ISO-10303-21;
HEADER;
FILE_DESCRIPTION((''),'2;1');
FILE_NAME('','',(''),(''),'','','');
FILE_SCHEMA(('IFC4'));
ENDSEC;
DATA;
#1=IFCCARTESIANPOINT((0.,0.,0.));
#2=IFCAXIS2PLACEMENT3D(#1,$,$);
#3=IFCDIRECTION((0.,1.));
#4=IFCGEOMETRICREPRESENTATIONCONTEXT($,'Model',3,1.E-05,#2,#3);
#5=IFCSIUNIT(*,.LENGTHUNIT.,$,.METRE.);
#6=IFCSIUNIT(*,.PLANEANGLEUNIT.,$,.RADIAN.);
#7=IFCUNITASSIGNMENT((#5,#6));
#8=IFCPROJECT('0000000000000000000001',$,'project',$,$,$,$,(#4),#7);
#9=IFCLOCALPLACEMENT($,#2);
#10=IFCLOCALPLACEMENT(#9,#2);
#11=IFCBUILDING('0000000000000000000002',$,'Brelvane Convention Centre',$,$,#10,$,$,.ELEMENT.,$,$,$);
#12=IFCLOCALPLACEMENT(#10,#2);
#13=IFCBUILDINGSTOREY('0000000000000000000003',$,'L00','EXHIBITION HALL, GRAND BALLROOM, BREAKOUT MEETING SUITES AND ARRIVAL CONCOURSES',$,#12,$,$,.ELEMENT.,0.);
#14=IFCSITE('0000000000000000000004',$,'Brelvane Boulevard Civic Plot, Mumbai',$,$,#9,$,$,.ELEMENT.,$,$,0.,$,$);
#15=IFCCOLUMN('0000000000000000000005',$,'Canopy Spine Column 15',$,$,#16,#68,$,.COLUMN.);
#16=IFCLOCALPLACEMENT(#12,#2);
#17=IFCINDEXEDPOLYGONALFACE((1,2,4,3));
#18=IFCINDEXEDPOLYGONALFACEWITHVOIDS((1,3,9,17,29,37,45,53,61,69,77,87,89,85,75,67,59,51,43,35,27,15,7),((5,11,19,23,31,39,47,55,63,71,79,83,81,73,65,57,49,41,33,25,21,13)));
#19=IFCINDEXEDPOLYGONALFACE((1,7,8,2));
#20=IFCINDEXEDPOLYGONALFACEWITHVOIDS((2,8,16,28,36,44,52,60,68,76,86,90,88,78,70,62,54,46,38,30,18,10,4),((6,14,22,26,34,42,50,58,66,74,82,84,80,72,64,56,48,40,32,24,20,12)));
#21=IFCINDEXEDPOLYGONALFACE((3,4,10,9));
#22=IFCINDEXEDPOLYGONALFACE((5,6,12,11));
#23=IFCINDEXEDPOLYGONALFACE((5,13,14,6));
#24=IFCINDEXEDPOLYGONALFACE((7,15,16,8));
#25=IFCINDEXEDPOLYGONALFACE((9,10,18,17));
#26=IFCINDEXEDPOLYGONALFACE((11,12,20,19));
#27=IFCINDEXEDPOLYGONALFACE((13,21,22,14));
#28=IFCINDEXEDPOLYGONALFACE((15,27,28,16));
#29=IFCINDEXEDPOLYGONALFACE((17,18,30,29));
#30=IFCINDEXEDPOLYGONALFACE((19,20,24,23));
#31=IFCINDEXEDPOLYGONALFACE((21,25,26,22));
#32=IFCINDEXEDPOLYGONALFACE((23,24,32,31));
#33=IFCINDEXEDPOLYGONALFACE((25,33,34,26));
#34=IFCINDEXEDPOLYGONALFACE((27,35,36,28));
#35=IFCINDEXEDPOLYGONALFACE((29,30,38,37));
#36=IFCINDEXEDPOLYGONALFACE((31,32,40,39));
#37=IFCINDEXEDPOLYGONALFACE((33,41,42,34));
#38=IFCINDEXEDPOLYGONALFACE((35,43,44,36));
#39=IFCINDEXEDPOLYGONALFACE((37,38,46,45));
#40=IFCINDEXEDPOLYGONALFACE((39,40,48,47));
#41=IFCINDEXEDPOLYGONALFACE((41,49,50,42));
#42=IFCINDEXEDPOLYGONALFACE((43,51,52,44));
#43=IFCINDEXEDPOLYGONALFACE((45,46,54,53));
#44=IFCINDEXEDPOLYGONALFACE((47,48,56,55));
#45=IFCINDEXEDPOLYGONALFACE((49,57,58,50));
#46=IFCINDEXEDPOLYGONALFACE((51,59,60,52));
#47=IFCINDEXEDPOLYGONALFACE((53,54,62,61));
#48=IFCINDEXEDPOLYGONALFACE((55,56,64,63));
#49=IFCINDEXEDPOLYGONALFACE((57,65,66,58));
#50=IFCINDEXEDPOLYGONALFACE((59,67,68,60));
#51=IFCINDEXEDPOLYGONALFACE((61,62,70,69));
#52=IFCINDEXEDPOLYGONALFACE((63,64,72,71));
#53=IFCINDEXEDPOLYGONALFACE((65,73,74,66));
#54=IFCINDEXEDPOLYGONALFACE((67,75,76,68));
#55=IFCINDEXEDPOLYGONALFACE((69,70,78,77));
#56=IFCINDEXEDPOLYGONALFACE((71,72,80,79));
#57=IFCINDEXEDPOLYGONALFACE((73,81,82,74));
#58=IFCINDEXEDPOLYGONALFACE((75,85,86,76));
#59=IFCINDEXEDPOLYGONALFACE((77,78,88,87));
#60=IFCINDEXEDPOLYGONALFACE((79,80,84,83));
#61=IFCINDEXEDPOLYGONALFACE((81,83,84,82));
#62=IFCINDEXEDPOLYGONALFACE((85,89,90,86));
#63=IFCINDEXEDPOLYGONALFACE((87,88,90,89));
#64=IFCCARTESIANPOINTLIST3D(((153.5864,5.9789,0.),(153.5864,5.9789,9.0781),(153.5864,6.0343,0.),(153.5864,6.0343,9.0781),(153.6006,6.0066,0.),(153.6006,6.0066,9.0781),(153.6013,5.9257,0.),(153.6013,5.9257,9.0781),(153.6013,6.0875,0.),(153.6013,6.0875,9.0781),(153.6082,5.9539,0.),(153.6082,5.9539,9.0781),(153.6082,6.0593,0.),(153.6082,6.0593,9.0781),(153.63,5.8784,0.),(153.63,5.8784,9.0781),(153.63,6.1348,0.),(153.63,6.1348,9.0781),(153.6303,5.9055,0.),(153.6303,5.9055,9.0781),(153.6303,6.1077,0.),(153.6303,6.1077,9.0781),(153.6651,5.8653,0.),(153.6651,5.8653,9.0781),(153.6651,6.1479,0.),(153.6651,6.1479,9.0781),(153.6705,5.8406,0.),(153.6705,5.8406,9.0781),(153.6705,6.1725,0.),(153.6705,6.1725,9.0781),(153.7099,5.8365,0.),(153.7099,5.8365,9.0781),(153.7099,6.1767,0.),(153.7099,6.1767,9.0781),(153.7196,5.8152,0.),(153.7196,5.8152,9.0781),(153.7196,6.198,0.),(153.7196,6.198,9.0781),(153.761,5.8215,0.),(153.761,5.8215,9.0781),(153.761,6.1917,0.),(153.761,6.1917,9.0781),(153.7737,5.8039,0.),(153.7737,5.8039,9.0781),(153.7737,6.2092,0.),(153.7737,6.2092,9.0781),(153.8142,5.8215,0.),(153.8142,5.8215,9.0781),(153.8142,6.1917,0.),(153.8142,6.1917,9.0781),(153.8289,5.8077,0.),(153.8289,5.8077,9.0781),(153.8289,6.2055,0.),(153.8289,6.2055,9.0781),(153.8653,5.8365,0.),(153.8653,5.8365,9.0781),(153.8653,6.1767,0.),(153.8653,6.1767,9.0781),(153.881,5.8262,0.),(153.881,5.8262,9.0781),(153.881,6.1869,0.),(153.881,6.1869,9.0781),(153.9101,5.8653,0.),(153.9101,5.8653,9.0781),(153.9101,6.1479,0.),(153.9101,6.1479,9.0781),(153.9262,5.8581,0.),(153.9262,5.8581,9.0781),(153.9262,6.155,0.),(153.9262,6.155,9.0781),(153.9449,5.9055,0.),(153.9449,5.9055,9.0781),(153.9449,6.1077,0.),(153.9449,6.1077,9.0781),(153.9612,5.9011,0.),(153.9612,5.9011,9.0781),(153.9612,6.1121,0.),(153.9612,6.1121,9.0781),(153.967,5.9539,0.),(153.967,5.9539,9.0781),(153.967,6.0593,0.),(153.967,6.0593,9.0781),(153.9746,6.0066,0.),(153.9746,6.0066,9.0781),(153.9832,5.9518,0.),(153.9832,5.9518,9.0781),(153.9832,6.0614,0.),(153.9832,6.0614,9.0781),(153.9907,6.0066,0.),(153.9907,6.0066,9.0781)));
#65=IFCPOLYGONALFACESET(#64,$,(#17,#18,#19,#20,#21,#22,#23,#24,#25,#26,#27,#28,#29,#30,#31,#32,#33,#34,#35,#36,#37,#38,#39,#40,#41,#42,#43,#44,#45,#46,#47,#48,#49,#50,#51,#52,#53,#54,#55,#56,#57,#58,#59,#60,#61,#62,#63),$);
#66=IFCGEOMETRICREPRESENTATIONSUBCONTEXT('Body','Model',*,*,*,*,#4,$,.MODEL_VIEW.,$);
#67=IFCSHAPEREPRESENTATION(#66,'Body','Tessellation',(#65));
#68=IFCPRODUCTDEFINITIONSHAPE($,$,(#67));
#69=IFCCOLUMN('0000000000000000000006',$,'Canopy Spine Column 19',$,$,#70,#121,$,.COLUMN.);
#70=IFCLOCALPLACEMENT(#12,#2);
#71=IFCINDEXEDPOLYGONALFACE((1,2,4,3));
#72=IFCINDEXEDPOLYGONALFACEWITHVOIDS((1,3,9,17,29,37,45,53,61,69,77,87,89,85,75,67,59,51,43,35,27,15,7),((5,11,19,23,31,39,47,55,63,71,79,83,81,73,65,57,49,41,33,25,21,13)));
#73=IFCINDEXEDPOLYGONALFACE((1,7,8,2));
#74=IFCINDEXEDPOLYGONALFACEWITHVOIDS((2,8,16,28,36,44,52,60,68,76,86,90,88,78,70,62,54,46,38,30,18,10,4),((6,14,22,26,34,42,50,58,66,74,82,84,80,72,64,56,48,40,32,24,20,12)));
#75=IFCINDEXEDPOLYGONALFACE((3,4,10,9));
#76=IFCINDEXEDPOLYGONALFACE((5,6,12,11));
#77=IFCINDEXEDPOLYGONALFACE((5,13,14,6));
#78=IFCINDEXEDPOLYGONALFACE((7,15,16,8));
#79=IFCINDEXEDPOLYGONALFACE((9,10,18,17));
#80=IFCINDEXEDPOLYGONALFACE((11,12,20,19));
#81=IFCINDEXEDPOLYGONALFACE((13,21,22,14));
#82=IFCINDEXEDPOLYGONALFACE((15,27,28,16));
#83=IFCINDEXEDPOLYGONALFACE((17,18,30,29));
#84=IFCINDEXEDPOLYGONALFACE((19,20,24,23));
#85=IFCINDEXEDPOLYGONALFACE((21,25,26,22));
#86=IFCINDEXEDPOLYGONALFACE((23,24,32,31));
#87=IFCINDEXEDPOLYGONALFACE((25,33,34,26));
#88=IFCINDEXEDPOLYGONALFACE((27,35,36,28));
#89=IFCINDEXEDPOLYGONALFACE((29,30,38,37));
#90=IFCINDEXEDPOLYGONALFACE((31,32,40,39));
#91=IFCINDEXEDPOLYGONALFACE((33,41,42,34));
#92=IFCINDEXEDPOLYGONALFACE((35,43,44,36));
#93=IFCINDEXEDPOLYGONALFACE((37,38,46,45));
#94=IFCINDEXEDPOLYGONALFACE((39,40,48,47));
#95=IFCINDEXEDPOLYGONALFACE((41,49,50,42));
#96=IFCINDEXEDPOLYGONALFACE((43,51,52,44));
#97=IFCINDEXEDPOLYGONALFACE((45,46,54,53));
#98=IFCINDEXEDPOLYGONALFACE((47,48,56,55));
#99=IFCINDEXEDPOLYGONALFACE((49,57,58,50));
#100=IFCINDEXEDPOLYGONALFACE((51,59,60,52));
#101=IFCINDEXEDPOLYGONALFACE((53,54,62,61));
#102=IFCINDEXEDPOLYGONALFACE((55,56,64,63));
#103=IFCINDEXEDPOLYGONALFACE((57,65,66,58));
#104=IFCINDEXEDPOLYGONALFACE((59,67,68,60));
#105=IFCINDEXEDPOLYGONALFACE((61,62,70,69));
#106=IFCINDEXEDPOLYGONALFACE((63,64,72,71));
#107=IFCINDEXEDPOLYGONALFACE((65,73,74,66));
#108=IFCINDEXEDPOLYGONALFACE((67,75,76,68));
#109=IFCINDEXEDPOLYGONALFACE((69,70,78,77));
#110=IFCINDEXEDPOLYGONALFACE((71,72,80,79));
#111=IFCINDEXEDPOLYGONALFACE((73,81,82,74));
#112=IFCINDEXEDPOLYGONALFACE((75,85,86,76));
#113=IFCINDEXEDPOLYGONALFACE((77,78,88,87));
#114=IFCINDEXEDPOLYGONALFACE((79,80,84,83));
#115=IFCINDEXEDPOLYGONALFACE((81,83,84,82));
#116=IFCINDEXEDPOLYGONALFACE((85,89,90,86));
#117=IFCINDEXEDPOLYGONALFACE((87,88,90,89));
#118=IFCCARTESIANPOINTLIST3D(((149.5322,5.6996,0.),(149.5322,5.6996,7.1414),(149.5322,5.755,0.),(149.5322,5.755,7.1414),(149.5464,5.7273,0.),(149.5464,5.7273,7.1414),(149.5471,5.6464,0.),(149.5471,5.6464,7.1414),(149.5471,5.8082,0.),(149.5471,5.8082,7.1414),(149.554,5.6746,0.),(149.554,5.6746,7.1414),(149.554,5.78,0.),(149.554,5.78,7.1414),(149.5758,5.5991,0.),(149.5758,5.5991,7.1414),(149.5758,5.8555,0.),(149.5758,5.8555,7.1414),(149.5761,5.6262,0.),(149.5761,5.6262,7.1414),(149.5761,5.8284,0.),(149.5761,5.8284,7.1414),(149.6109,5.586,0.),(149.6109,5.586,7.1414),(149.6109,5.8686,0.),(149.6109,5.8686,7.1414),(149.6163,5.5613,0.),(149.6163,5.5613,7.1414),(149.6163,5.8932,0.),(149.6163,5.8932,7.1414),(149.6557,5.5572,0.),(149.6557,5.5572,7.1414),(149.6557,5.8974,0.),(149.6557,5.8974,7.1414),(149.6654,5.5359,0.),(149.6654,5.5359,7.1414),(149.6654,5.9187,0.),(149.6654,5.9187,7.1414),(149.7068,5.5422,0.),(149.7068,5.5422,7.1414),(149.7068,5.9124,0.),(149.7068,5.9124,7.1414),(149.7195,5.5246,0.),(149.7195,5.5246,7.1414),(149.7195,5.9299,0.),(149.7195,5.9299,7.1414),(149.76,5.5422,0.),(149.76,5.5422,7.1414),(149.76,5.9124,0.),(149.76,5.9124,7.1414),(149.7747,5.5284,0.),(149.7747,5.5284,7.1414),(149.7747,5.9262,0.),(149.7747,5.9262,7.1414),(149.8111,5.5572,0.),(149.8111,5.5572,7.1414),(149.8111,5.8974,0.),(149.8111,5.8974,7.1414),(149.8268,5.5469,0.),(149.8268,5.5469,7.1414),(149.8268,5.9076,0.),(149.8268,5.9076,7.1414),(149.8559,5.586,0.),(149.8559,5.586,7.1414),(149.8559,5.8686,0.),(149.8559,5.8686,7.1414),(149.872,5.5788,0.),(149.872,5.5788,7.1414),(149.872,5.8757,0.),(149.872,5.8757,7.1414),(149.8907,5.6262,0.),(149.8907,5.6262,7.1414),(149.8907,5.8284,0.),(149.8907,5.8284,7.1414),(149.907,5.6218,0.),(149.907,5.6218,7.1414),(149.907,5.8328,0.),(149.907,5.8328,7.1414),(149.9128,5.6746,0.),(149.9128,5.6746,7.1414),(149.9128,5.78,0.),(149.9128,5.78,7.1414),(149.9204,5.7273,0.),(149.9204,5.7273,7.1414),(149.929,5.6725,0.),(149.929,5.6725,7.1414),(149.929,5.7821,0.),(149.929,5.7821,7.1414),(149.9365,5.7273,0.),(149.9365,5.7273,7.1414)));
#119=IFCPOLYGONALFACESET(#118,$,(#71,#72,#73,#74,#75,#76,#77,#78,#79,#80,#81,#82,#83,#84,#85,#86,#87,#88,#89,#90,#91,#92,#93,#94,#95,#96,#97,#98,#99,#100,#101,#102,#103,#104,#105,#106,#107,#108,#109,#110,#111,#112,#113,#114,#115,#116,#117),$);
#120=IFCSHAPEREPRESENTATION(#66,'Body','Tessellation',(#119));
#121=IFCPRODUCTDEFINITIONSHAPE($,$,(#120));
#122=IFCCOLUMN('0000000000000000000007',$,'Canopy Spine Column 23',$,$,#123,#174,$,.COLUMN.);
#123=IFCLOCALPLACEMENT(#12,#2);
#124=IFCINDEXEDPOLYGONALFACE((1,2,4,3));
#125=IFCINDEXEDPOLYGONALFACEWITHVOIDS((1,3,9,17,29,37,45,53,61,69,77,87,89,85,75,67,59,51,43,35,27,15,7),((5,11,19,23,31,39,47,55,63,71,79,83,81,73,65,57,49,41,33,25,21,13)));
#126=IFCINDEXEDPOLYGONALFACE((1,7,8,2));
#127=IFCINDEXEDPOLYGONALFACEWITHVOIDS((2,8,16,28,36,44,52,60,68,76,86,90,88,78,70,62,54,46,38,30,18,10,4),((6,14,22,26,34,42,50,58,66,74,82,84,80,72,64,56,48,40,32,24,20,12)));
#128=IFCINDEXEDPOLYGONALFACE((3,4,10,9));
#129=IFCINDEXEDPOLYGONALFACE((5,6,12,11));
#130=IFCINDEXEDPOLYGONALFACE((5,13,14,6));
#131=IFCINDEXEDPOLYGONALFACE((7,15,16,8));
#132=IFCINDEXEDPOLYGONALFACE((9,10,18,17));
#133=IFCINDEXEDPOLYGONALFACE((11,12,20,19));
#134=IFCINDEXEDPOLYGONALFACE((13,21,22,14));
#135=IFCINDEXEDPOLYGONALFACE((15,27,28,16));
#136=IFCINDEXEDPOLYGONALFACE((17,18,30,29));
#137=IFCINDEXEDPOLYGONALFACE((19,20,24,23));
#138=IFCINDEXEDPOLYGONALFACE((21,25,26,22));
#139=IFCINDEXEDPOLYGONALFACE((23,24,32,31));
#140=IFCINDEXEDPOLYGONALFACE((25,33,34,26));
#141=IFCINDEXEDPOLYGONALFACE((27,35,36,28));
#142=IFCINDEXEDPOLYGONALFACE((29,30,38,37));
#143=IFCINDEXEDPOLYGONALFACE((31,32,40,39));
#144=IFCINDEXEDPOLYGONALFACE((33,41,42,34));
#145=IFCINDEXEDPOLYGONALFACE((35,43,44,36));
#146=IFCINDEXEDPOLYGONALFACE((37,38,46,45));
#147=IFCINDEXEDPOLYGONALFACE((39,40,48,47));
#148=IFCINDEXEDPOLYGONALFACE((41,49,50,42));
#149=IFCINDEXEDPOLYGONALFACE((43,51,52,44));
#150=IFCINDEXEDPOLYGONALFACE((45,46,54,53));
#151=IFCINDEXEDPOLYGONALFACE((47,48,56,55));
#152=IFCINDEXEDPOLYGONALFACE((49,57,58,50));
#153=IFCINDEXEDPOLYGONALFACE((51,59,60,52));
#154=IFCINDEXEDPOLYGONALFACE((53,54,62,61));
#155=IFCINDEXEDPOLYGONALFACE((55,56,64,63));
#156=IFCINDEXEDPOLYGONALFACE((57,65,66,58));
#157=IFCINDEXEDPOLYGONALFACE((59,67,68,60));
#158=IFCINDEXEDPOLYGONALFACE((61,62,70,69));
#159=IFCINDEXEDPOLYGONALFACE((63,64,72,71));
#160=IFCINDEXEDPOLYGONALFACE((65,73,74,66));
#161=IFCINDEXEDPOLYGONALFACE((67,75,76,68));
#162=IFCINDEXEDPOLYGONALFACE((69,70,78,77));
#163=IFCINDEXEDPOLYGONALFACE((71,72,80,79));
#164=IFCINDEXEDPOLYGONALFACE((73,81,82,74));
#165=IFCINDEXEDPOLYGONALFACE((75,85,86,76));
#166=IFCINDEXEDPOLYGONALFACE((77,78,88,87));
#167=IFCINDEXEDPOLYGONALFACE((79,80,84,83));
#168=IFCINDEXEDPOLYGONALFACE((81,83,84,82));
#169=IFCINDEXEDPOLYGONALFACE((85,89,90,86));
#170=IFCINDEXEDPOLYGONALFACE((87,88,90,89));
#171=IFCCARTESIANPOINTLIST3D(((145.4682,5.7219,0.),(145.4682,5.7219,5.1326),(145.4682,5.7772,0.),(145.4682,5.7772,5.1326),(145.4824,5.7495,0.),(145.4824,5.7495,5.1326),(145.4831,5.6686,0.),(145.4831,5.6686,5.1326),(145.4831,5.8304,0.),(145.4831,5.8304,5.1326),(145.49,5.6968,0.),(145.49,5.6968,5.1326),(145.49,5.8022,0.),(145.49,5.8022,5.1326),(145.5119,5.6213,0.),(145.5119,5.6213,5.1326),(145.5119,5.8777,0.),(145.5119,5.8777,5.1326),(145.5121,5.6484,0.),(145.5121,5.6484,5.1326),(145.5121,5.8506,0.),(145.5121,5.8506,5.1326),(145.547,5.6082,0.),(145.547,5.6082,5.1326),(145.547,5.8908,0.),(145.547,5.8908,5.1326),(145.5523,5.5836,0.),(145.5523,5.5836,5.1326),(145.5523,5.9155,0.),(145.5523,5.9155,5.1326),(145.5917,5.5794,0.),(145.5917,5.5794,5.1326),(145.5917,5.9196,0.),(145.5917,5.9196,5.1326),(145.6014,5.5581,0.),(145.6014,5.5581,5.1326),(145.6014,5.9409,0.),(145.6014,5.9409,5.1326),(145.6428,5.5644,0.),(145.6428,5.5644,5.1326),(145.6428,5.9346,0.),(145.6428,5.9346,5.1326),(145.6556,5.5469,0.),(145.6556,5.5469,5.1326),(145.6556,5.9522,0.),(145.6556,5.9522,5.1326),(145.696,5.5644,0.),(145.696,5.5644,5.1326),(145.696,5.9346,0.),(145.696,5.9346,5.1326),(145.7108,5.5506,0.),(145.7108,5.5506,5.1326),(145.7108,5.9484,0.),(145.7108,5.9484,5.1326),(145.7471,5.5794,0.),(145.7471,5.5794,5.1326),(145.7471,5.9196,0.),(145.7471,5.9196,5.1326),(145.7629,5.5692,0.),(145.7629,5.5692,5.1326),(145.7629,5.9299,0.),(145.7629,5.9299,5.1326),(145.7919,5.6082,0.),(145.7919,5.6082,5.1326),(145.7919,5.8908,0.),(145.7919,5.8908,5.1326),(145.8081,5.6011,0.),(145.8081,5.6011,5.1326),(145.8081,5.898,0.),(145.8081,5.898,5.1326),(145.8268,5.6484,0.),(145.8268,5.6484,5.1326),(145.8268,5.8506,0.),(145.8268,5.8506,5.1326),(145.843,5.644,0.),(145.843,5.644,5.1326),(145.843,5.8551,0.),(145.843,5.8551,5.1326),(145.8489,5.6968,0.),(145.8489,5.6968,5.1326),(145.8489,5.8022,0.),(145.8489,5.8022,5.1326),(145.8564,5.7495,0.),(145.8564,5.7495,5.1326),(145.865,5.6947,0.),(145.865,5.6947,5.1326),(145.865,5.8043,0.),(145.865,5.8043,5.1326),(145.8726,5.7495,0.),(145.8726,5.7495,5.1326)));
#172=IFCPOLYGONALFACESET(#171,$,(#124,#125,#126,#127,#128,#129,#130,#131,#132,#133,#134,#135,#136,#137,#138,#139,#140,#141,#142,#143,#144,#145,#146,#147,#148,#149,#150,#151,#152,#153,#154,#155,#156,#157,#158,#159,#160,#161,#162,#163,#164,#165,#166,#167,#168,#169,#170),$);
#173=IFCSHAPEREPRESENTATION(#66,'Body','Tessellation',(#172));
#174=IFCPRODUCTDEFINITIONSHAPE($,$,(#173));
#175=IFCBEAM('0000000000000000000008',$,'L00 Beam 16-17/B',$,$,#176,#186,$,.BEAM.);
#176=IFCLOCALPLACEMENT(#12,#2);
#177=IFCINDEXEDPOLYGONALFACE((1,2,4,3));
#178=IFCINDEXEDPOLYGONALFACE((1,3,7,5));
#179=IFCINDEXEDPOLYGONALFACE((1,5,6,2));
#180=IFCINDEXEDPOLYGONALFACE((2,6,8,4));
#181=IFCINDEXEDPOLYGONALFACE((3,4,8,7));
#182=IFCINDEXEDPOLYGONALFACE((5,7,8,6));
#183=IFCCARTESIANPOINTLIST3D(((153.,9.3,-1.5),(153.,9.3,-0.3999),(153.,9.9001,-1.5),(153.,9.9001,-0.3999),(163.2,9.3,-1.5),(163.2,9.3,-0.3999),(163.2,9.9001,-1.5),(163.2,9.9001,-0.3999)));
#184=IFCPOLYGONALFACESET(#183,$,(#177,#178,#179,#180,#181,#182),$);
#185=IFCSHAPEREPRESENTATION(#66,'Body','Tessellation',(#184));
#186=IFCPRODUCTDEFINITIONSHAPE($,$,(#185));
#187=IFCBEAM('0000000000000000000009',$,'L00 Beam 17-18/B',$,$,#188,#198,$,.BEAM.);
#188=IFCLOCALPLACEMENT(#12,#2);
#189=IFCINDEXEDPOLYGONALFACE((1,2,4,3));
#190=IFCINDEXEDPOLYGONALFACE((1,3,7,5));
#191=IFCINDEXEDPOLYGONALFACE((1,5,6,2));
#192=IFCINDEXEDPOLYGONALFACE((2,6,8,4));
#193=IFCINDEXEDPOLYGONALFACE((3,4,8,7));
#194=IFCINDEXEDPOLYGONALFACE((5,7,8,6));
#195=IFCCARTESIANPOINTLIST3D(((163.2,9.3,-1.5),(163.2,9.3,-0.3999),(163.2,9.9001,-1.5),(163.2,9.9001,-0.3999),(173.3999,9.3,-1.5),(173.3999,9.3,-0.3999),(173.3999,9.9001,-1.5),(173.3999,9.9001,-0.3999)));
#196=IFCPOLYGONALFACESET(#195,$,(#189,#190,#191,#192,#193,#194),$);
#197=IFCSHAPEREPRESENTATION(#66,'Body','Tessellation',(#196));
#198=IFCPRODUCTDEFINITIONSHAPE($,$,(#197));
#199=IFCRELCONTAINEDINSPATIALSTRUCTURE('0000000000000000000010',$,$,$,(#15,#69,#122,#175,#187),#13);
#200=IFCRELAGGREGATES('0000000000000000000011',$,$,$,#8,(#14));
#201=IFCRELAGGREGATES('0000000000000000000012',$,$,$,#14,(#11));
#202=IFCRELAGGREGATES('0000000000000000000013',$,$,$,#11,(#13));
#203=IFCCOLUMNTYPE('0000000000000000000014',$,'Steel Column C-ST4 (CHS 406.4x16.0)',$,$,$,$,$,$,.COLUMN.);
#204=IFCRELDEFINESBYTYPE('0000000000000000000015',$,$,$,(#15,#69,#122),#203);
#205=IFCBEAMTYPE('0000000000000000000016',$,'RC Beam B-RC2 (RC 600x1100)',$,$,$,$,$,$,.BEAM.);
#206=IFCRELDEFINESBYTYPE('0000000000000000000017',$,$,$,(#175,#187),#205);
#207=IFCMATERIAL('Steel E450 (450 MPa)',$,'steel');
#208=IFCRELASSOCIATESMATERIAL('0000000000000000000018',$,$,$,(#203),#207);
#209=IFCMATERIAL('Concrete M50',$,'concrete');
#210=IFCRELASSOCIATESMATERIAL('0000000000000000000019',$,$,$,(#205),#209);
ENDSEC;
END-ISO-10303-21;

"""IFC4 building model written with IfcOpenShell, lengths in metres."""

from ifc_helpers import new_model, si_unit, direction, frame, origin, origin_2d, place, context, subcontext, project, spatial, rectangle, hollow_circle, extrude, material, material_profile, profile_set, type_object, element, save


model = new_model("IFC4")

# Units and contexts
model_context = context("Model", 3, precision=1e-05, world=origin(), true_north=direction((0.0, 1.0)))
body_context = subcontext(model_context, "Body", "Model", "MODEL_VIEW")
ifc_project = project(units=[si_unit("LENGTHUNIT", "METRE"), si_unit("PLANEANGLEUNIT", "RADIAN")], contexts=[model_context])

# Site, building, storey
site_placement = place(None, origin())
site = spatial("IfcSite", under=ifc_project, at=site_placement, Name="Brelvane Boulevard Civic Plot, Mumbai", CompositionType="ELEMENT", RefElevation=0.0)
building_placement = place(site_placement, origin())
building = spatial("IfcBuilding", under=site, at=building_placement, Name="Brelvane Convention Centre", CompositionType="ELEMENT")
storey_placement = place(building_placement, origin())
storey = spatial("IfcBuildingStorey", under=building, at=storey_placement, Name="L00", Description="EXHIBITION HALL, GRAND BALLROOM, BREAKOUT MEETING SUITES AND ARRIVAL CONCOURSES", CompositionType="ELEMENT", Elevation=0.0)

# Columns
ifc_material_1 = material(Name="Steel E450 (450 MPa)", Category="steel")
ifc_material_profile_1 = material_profile(ifc_material_1, hollow_circle(Radius=0.2031, WallThickness=0.0161, at=origin_2d()), Name="CHS 406.4x16.0")
ifc_profile_set_1 = profile_set([ifc_material_profile_1], Name="Steel E450 (450 MPa)")
column_type = type_object("IfcColumnType", Name="Steel Column C-ST4 (CHS 406.4x16.0)", PredefinedType="COLUMN", material=ifc_profile_set_1)
column_1_placement = place(storey_placement, frame((153.7876, 6.0066, 0.0), z_axis=(0.0, 0.0, 1.0), x_axis=(1.0, 0.0, 0.0)))
element("IfcColumn", 1, at=column_1_placement, inside=storey, type_object=column_type, Name="Canopy Spine Column 15", PredefinedType="COLUMN", context=body_context, shape_type="SweptSolid", body=[
    extrude(hollow_circle(Radius=0.2031, WallThickness=0.0161, at=origin_2d()), origin(), (0.0, 0.0, 1.0), 9.0781),
])
column_2_placement = place(storey_placement, frame((149.7334, 5.7273, 0.0), z_axis=(0.0, 0.0, 1.0), x_axis=(1.0, 0.0, 0.0)))
element("IfcColumn", 2, at=column_2_placement, inside=storey, type_object=column_type, Name="Canopy Spine Column 19", PredefinedType="COLUMN", context=body_context, shape_type="SweptSolid", body=[
    extrude(hollow_circle(Radius=0.2031, WallThickness=0.0161, at=origin_2d()), origin(), (0.0, 0.0, 1.0), 7.1414),
])
column_3_placement = place(storey_placement, frame((145.6694, 5.7495, 0.0), z_axis=(0.0, 0.0, 1.0), x_axis=(1.0, 0.0, 0.0)))
element("IfcColumn", 3, at=column_3_placement, inside=storey, type_object=column_type, Name="Canopy Spine Column 23", PredefinedType="COLUMN", context=body_context, shape_type="SweptSolid", body=[
    extrude(hollow_circle(Radius=0.2031, WallThickness=0.0161, at=origin_2d()), origin(), (0.0, 0.0, 1.0), 5.1326),
])

# Beams
ifc_material_2 = material(Name="Concrete M50", Category="concrete")
ifc_material_profile_2 = material_profile(ifc_material_2, rectangle(XDim=0.6001, YDim=1.1001, at=origin_2d()), Name="RC 600x1100")
ifc_profile_set_2 = profile_set([ifc_material_profile_2], Name="Concrete M50")
beam_type_1 = type_object("IfcBeamType", Name="RC Beam B-RC2 (RC 600x1100)", PredefinedType="BEAM", material=ifc_profile_set_2)
for number, where, z_axis, x_axis, name in (
    (4, (153.0, 9.6001, -0.95), (1.0, 0.0, 0.0), (0.0, 1.0, 0.0), "L00 Beam 16-17/B"),
    (5, (163.2, 9.6001, -0.95), (1.0, 0.0, 0.0), (0.0, 1.0, 0.0), "L00 Beam 17-18/B"),
):
    element("IfcBeam", number, at=place(storey_placement, frame(where, z_axis=z_axis, x_axis=x_axis)), inside=storey, type_object=beam_type_1, Name=name, PredefinedType="BEAM", context=body_context, shape_type="SweptSolid", body=[
        extrude(rectangle(XDim=0.6001, YDim=1.1001, at=origin_2d()), origin(), (0.0, 0.0, 1.0), 10.2),
    ])

save(model, "model.ifc")
